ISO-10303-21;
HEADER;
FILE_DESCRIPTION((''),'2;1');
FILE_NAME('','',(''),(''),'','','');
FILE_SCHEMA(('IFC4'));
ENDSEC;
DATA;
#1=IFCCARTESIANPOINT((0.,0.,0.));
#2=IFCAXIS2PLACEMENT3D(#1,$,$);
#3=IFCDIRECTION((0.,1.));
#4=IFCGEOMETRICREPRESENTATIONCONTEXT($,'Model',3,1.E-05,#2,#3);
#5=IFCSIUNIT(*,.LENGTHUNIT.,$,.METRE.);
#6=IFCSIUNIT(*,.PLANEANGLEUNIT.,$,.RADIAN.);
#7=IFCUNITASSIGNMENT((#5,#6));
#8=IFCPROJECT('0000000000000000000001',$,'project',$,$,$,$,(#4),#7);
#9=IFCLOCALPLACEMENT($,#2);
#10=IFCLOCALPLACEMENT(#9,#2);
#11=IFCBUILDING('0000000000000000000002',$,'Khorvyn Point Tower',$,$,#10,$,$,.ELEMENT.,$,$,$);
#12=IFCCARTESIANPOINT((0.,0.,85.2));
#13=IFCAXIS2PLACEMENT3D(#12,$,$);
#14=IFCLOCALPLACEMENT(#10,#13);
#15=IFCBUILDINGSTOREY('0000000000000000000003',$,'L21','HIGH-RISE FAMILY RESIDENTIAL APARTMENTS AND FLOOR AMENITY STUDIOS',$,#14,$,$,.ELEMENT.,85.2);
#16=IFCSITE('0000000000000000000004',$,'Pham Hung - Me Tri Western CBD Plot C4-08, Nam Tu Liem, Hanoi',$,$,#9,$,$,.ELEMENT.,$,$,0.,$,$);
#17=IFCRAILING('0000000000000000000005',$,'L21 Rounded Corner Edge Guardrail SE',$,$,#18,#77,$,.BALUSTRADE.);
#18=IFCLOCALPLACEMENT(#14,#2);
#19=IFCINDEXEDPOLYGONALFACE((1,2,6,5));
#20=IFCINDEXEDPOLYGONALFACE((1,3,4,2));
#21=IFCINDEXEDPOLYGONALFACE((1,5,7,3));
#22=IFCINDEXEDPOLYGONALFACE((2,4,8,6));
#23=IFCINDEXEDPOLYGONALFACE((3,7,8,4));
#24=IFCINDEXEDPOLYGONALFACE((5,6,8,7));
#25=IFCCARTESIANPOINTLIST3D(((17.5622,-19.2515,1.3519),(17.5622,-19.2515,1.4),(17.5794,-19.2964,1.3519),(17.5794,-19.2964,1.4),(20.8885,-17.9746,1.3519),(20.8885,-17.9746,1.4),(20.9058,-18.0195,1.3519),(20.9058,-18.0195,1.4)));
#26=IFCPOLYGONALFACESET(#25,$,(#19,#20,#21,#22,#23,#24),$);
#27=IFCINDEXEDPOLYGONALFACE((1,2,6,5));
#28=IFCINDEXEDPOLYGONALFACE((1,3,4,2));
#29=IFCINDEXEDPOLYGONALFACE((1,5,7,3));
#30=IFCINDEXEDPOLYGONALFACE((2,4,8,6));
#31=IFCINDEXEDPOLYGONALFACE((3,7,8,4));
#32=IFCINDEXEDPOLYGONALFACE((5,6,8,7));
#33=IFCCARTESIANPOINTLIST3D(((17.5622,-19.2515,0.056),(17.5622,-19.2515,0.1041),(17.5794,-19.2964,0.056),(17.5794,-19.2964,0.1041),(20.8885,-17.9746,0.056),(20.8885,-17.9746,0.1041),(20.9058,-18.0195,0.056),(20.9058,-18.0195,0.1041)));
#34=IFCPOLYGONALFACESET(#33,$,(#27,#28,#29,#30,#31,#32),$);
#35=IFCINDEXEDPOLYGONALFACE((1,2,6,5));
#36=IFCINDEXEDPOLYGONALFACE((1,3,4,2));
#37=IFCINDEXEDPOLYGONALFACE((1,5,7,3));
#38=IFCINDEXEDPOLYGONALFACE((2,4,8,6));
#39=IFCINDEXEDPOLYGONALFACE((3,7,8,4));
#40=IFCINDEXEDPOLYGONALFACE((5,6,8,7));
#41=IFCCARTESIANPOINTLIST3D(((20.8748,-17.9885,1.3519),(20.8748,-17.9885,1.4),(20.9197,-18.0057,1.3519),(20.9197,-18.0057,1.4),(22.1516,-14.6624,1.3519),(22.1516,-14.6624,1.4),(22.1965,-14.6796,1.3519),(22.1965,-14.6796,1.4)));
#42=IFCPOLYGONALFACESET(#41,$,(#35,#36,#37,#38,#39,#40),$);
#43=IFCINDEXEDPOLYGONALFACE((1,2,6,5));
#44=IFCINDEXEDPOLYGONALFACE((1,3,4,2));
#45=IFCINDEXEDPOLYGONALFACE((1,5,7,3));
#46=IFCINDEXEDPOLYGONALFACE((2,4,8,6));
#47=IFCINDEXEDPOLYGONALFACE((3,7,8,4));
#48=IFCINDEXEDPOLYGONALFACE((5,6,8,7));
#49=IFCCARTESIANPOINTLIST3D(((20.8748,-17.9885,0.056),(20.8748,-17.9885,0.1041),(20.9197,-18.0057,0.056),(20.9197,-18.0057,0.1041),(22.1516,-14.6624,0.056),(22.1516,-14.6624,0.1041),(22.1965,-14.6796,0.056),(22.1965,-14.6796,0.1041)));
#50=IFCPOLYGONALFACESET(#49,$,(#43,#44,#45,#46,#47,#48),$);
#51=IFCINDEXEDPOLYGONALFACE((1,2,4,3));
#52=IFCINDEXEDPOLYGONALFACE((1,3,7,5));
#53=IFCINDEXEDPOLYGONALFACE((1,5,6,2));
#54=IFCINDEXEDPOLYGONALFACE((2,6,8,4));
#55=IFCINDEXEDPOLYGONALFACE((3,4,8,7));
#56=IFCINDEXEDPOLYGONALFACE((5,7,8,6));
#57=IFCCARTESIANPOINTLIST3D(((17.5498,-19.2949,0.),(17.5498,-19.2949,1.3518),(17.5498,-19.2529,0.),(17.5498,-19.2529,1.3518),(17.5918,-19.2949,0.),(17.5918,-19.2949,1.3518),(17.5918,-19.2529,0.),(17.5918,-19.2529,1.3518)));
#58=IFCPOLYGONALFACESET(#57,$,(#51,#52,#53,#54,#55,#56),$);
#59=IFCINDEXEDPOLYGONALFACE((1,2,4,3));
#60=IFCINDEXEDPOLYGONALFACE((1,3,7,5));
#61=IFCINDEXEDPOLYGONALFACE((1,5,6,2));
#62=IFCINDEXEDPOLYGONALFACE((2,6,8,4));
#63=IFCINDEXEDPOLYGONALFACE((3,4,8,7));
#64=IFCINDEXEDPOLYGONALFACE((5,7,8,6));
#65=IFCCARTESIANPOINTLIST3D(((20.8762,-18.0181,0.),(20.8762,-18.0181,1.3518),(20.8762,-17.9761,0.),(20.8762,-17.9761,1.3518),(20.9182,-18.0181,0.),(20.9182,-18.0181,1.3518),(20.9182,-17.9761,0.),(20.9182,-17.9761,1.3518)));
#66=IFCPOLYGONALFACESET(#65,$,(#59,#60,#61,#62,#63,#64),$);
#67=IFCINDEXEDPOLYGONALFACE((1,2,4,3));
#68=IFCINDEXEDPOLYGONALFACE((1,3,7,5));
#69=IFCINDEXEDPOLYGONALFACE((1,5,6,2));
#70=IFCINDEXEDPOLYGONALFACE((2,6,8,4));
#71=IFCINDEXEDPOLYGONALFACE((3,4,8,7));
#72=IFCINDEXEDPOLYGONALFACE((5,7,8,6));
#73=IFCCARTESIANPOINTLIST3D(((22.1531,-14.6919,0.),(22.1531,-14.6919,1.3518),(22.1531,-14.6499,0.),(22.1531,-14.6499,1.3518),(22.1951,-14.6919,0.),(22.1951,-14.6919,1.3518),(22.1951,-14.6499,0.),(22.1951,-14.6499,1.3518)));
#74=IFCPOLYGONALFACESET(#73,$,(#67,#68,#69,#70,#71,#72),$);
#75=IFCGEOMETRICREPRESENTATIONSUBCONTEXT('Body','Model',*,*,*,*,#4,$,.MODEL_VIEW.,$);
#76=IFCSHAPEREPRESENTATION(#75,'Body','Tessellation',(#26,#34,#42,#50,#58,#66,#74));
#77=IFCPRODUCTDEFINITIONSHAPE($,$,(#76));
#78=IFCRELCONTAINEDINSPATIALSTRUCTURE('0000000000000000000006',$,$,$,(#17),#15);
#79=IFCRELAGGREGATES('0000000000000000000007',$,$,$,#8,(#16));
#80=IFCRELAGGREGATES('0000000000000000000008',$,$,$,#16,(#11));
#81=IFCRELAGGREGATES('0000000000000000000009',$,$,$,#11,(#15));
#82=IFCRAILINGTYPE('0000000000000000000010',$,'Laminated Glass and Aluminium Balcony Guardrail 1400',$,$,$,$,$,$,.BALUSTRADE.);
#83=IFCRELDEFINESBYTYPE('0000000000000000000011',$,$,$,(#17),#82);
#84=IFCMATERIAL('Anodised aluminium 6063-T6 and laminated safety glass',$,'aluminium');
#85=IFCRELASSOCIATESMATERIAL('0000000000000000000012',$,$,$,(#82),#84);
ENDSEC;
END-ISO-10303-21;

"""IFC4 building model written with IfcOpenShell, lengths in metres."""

from ifc_helpers import new_model, si_unit, direction, frame, origin, origin_2d, place, context, subcontext, project, spatial, rectangle, extrude, material, type_object, element, save


model = new_model("IFC4")

# Units and contexts
model_context = context("Model", 3, precision=1e-05, world=origin(), true_north=direction((0.0, 1.0)))
body_context = subcontext(model_context, "Body", "Model", "MODEL_VIEW")
ifc_project = project(units=[si_unit("LENGTHUNIT", "METRE"), si_unit("PLANEANGLEUNIT", "RADIAN")], contexts=[model_context])

# Site, building, storey
site_placement = place(None, origin())
site = spatial("IfcSite", under=ifc_project, at=site_placement, Name="Pham Hung - Me Tri Western CBD Plot C4-08, Nam Tu Liem, Hanoi", CompositionType="ELEMENT", RefElevation=0.0)
building_placement = place(site_placement, origin())
building = spatial("IfcBuilding", under=site, at=building_placement, Name="Khorvyn Point Tower", CompositionType="ELEMENT")
storey_placement = place(building_placement, frame((0.0, 0.0, 85.2)))
storey = spatial("IfcBuildingStorey", under=building, at=storey_placement, Name="L21", Description="HIGH-RISE FAMILY RESIDENTIAL APARTMENTS AND FLOOR AMENITY STUDIOS", CompositionType="ELEMENT", Elevation=85.2)

# Railing
ifc_material_1 = material(Name="Anodised aluminium 6063-T6 and laminated safety glass", Category="aluminium")
railing_type = type_object("IfcRailingType", Name="Laminated Glass and Aluminium Balcony Guardrail 1400", PredefinedType="BALUSTRADE", material=ifc_material_1)
railing_1_placement = place(storey_placement, frame((17.5708, -19.2739, 0.0)))
element("IfcRailing", 1, at=railing_1_placement, inside=storey, type_object=railing_type, Name="L21 Rounded Corner Edge Guardrail SE", PredefinedType="BALUSTRADE", context=body_context, shape_type="SweptSolid", body=[
    extrude(rectangle(XDim=0.0481, YDim=0.0481, at=origin_2d()), frame((0.0, 0.0, 1.376), z_axis=(0.933584, 0.358359, 0.0), x_axis=(-0.358359, 0.933584, 0.0)), (0.0, 0.0, 1.0), 3.563),
    extrude(rectangle(XDim=0.0481, YDim=0.0481, at=origin_2d()), frame((0.0, 0.0, 0.0801), z_axis=(0.933584, 0.358359, 0.0), x_axis=(-0.358359, 0.933584, 0.0)), (0.0, 0.0, 1.0), 3.563),
    extrude(rectangle(XDim=0.0481, YDim=0.0481, at=origin_2d()), frame((3.3264, 1.2769, 1.376), z_axis=(0.358382, 0.933575, 0.0), x_axis=(-0.933575, 0.358382, 0.0)), (0.0, 0.0, 1.0), 3.5627),
    extrude(rectangle(XDim=0.0481, YDim=0.0481, at=origin_2d()), frame((3.3264, 1.2769, 0.0801), z_axis=(0.358382, 0.933575, 0.0), x_axis=(-0.933575, 0.358382, 0.0)), (0.0, 0.0, 1.0), 3.5627),
    extrude(rectangle(XDim=0.042, YDim=0.042, at=origin_2d()), origin(), (0.0, 0.0, 1.0), 1.3518),
    extrude(rectangle(XDim=0.042, YDim=0.042, at=origin_2d()), frame((3.3264, 1.2769, 0.0)), (0.0, 0.0, 1.0), 1.3518),
    extrude(rectangle(XDim=0.042, YDim=0.042, at=origin_2d()), frame((4.6033, 4.603, 0.0)), (0.0, 0.0, 1.0), 1.3518),
])

save(model, "model.ifc")
